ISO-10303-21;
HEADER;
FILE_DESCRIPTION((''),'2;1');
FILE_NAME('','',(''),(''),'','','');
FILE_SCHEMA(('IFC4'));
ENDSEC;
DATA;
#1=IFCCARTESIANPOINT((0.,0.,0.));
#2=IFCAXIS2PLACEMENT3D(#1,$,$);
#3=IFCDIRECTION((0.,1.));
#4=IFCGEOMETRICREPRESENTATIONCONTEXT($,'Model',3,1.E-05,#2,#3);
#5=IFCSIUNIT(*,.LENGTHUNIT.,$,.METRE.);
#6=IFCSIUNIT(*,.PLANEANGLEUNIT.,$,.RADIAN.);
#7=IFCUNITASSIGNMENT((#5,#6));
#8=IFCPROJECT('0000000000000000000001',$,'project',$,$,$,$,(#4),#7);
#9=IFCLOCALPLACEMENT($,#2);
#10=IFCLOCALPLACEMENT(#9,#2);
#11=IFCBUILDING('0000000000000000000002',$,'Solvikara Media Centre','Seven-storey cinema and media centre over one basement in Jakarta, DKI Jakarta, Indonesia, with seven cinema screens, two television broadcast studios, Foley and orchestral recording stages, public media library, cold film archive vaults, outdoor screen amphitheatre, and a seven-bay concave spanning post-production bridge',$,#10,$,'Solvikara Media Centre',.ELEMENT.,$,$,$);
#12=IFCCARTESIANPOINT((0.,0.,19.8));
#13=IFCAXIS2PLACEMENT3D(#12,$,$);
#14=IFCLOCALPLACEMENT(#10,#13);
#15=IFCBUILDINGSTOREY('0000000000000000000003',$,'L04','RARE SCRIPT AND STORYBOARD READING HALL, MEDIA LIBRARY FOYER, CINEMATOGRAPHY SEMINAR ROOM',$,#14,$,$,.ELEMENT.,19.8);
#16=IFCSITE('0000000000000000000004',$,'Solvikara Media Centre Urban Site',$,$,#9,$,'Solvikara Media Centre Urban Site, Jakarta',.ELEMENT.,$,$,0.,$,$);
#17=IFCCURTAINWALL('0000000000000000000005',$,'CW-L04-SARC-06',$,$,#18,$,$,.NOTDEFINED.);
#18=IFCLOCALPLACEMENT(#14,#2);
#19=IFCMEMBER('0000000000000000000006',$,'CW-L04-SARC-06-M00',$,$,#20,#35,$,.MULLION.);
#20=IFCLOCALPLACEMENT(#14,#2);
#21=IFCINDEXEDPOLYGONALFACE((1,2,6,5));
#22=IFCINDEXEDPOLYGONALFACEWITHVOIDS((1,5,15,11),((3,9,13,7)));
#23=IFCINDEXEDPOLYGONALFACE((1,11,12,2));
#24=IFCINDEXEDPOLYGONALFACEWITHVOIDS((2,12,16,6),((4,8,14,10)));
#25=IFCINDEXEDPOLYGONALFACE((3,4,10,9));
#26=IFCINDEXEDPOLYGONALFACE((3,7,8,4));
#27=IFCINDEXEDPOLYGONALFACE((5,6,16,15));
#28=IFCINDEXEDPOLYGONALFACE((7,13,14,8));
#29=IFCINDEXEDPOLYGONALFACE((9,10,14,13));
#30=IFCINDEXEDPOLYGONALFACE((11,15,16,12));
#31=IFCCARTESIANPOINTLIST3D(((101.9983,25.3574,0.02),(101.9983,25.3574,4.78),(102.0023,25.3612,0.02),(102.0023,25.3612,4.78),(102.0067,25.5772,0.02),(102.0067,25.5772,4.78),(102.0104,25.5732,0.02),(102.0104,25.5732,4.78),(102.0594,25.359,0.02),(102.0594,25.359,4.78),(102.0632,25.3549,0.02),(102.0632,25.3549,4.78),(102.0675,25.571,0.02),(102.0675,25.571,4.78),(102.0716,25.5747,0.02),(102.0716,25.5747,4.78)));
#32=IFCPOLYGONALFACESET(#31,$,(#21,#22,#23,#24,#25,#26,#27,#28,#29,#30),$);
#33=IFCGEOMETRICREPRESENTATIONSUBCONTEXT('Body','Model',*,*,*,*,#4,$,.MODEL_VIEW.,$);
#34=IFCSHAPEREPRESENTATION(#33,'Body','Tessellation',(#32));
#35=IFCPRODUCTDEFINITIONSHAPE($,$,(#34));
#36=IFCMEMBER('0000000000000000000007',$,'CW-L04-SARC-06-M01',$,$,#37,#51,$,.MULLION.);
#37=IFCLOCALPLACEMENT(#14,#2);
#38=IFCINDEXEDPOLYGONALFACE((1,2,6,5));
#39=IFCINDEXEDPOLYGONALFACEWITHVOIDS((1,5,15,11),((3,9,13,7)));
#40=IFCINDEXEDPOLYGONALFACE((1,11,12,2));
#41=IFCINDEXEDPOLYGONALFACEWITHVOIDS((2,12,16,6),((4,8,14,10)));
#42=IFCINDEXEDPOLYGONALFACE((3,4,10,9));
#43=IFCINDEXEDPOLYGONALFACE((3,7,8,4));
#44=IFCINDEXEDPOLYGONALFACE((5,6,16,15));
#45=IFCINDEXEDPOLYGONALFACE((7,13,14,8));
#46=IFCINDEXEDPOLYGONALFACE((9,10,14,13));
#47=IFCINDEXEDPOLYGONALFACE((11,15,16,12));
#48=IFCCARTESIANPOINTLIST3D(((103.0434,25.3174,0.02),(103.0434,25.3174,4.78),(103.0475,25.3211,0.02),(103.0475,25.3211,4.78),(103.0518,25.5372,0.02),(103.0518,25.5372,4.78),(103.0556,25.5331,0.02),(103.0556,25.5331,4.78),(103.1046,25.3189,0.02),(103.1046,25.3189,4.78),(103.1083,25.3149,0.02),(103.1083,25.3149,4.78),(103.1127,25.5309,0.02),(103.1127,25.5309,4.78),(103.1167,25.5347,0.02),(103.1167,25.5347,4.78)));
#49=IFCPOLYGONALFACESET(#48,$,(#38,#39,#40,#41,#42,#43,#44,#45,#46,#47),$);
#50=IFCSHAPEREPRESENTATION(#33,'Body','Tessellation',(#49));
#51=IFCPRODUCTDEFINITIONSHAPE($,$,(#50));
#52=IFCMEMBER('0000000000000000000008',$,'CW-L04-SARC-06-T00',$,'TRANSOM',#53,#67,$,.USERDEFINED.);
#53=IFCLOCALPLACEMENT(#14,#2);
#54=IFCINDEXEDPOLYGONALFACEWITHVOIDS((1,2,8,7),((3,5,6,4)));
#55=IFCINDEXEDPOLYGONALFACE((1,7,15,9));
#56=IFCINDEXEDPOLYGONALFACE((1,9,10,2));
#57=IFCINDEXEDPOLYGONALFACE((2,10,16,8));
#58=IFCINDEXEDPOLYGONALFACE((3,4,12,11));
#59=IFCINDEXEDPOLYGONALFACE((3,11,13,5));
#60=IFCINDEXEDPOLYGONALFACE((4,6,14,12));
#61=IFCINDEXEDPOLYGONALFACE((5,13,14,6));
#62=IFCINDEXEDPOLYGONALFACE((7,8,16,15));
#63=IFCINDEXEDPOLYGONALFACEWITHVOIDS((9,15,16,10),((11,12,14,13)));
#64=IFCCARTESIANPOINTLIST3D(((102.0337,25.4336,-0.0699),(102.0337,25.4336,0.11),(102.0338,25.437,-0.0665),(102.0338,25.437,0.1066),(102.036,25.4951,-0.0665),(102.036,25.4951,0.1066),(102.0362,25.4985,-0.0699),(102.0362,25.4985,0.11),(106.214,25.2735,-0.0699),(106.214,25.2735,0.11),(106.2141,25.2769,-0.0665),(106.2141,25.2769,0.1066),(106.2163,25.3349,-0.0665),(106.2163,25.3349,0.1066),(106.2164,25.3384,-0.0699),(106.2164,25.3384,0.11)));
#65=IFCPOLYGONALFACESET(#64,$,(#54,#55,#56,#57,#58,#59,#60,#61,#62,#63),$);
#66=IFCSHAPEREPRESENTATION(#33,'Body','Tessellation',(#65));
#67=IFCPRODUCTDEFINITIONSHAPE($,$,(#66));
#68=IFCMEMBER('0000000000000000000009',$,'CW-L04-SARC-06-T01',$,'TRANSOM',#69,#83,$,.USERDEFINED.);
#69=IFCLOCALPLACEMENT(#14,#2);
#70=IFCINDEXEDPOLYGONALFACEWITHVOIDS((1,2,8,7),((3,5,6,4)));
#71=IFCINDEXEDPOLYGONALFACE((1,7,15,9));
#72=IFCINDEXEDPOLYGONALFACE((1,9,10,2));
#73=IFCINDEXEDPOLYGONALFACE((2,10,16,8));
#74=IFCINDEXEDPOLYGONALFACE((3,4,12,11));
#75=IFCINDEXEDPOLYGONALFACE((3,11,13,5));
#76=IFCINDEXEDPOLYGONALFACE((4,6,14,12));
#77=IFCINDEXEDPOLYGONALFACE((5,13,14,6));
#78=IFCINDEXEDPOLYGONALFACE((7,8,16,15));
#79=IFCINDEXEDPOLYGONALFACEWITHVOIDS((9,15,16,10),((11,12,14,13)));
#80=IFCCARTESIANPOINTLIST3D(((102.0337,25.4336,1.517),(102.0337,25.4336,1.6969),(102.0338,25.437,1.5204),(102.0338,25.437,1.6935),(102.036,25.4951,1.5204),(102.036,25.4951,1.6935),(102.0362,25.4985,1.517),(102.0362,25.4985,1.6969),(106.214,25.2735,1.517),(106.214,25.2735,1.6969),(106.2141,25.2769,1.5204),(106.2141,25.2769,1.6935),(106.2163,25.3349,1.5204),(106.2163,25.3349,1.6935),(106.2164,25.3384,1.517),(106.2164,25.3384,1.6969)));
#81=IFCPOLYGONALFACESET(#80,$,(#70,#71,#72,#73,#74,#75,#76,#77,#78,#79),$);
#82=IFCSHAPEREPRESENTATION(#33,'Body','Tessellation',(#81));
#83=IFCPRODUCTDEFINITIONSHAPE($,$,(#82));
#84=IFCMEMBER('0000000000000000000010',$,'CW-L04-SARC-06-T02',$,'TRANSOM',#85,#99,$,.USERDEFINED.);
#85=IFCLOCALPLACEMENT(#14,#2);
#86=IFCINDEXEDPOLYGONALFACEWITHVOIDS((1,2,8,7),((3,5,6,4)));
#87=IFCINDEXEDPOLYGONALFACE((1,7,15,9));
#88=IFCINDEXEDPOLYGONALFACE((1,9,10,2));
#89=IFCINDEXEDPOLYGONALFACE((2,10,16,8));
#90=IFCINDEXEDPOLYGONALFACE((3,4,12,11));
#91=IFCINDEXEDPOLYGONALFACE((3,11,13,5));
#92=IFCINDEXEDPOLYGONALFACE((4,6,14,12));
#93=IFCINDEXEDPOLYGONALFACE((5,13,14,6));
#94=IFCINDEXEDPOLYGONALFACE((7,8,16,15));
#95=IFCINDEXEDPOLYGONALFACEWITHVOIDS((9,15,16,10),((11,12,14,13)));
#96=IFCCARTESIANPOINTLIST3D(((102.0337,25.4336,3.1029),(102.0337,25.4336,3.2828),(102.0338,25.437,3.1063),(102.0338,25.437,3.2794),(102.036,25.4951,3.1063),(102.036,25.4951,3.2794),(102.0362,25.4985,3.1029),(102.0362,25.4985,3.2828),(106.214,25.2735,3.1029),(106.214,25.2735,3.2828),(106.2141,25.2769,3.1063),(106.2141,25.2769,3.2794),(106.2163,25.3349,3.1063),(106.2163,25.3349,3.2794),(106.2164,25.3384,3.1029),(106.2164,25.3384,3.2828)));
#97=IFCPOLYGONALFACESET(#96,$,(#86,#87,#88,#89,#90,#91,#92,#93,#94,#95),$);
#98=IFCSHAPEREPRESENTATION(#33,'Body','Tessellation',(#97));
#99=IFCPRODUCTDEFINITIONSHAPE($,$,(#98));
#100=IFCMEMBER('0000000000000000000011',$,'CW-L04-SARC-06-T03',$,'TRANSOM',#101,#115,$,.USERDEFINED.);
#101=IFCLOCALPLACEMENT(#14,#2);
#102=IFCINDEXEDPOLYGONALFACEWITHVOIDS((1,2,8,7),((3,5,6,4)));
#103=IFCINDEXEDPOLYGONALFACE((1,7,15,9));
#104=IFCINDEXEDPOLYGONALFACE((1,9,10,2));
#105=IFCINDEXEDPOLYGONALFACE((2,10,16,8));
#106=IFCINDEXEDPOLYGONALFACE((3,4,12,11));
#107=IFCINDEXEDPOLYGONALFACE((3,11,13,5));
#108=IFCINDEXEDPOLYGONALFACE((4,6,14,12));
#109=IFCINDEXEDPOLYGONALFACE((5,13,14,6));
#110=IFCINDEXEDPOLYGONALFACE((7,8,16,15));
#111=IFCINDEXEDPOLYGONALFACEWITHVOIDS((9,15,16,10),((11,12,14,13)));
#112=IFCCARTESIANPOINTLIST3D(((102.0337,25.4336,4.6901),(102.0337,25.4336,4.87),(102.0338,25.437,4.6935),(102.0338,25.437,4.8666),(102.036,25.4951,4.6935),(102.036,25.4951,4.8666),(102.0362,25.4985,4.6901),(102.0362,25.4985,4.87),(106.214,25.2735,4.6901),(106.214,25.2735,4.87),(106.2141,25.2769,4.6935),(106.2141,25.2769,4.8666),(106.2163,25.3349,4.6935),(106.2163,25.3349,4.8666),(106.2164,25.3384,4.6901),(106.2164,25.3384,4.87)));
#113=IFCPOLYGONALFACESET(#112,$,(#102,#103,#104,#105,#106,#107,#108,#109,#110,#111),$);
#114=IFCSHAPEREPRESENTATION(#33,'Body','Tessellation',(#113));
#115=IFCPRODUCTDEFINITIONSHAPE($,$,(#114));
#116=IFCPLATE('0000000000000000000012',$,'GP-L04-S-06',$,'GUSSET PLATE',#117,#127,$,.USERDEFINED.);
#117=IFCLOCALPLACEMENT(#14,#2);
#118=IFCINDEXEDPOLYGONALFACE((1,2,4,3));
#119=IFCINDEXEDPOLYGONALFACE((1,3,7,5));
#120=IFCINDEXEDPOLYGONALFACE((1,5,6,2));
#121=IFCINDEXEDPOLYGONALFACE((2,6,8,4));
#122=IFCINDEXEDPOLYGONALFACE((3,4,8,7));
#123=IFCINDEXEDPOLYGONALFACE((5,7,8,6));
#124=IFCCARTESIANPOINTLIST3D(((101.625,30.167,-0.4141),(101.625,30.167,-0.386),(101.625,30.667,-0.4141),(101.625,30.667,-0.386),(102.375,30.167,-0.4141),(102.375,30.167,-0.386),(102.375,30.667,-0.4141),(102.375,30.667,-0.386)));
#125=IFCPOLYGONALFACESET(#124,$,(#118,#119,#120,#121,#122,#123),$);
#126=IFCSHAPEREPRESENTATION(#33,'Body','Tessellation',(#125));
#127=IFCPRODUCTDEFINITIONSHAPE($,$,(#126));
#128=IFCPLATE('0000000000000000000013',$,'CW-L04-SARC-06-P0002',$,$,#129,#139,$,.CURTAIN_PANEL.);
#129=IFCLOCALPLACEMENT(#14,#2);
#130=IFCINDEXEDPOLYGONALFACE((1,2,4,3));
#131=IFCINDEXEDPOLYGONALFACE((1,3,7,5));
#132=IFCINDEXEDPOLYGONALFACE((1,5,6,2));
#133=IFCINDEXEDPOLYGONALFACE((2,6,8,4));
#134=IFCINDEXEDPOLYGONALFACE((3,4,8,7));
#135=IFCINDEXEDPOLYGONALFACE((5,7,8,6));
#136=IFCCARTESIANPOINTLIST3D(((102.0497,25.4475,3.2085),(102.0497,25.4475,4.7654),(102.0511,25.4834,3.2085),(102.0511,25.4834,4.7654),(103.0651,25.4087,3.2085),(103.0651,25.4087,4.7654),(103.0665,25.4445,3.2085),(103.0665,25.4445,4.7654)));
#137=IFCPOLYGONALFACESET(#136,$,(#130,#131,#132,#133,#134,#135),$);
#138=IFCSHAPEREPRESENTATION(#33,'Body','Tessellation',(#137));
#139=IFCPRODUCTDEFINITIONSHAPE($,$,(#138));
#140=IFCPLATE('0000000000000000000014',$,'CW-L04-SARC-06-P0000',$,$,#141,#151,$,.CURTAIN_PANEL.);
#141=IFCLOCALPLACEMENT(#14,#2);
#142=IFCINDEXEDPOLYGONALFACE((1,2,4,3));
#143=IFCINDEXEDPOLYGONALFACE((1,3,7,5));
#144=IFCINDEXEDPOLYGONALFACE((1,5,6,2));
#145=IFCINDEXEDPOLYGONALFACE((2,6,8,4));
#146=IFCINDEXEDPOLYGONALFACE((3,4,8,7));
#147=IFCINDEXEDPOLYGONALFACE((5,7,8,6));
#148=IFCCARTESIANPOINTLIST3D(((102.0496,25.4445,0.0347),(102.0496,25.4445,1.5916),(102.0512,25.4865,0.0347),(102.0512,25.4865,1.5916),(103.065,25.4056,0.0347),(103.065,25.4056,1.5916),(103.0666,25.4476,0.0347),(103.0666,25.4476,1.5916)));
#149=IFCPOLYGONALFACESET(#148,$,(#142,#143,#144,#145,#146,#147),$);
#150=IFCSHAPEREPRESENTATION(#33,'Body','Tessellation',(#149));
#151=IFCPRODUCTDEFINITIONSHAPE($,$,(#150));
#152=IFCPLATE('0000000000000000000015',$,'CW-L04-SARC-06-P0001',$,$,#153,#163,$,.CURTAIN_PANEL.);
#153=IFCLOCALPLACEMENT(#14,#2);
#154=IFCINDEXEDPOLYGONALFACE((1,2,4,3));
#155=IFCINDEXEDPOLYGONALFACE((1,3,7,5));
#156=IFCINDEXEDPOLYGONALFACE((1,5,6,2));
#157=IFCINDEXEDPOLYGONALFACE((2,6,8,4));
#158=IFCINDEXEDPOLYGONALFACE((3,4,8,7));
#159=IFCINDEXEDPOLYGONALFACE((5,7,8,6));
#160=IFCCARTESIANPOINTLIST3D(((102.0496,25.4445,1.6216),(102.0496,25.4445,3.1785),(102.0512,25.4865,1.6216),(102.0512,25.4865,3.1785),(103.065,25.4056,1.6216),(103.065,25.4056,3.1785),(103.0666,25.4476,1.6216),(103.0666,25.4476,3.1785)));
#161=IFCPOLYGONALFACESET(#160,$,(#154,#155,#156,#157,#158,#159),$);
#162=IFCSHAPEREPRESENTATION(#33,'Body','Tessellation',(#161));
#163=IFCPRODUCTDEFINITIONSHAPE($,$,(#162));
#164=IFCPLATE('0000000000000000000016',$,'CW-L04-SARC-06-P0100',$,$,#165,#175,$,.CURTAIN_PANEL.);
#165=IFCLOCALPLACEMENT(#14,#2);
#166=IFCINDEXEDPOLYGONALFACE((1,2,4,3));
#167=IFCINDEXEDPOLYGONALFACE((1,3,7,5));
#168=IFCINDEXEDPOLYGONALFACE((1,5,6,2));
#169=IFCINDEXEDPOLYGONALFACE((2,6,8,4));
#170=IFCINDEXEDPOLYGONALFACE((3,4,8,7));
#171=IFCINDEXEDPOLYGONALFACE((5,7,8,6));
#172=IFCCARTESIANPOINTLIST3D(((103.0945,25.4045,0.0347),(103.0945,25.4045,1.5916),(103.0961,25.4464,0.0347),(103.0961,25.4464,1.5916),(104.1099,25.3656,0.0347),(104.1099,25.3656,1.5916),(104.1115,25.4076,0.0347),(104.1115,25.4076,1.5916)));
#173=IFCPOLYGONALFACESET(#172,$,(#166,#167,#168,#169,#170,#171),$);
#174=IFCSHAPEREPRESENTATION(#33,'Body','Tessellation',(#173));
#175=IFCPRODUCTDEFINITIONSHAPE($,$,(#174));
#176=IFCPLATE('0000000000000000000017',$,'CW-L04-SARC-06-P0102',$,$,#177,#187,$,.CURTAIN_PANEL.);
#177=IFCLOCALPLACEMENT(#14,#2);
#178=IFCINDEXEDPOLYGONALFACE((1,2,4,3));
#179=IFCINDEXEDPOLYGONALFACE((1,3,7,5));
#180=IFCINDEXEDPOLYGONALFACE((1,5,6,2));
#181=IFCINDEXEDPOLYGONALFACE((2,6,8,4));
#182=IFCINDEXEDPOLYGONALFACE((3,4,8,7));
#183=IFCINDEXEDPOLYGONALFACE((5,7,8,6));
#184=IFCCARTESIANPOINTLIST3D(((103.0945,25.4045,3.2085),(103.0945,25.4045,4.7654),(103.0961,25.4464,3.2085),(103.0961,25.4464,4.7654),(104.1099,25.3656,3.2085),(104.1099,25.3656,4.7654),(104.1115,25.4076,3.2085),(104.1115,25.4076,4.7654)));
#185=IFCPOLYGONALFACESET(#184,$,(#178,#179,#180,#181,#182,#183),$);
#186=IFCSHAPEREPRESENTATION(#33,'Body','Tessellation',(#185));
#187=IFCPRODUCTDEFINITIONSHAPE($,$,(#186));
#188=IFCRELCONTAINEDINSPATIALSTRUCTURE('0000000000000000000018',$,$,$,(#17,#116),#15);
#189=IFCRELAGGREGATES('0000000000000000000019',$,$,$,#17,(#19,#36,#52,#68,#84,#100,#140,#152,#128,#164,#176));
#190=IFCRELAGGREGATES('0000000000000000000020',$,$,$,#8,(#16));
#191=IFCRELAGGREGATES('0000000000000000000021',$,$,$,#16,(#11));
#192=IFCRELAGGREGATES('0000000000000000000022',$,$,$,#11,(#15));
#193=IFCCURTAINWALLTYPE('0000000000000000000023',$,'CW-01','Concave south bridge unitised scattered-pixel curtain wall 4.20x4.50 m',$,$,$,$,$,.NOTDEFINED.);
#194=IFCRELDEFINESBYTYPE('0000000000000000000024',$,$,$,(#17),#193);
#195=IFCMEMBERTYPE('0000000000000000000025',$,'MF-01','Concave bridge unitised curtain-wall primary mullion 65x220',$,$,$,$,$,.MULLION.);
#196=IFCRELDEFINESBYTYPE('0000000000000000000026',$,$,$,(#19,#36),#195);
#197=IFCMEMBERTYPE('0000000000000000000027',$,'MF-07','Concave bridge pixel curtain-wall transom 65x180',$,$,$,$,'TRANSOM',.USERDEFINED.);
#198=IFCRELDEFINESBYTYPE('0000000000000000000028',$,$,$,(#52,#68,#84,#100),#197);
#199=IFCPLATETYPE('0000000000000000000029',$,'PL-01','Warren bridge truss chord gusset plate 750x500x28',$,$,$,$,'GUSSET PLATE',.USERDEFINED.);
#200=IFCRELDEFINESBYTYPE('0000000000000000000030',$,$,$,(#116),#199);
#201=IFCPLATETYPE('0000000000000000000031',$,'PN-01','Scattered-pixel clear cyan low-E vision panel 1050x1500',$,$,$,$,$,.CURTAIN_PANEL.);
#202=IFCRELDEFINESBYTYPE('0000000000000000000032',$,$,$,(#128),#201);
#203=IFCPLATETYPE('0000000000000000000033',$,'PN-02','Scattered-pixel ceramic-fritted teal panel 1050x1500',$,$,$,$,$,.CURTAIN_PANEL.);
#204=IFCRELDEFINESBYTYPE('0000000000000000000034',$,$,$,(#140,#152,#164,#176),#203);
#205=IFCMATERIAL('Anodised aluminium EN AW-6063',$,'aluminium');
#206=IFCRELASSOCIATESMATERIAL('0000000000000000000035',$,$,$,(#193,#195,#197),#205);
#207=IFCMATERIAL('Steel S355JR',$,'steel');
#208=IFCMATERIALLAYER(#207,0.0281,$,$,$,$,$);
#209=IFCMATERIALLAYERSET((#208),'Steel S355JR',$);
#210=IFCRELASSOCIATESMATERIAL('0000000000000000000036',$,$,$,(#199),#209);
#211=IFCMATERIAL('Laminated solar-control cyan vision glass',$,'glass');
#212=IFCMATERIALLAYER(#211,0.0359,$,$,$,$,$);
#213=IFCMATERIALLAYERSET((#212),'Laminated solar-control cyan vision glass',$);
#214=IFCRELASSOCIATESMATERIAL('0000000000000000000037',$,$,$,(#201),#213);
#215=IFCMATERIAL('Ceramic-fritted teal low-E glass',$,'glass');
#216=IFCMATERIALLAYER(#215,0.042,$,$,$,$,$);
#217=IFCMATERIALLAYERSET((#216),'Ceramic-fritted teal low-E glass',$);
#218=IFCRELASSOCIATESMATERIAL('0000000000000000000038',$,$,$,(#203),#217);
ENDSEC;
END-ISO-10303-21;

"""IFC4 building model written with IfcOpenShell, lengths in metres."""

from ifc_helpers import new_model, si_unit, direction, frame, origin, origin_2d, place, context, subcontext, project, spatial, rectangle, hollow_rectangle, extrude, material, layer, layer_set, material_profile, profile_set, type_object, element, aggregate, save


model = new_model("IFC4")

# Units and contexts
model_context = context("Model", 3, precision=1e-05, world=origin(), true_north=direction((0.0, 1.0)))
body_context = subcontext(model_context, "Body", "Model", "MODEL_VIEW")
ifc_project = project(units=[si_unit("LENGTHUNIT", "METRE"), si_unit("PLANEANGLEUNIT", "RADIAN")], contexts=[model_context])

# Site, building, storey
site_placement = place(None, origin())
site = spatial("IfcSite", under=ifc_project, at=site_placement, Name="Solvikara Media Centre Urban Site", LongName="Solvikara Media Centre Urban Site, Jakarta", CompositionType="ELEMENT", RefElevation=0.0)
building_placement = place(site_placement, origin())
building = spatial("IfcBuilding", under=site, at=building_placement, Name="Solvikara Media Centre", Description="Seven-storey cinema and media centre over one basement in Jakarta, DKI Jakarta, Indonesia, with seven cinema screens, two television broadcast studios, Foley and orchestral recording stages, public media library, cold film archive vaults, outdoor screen amphitheatre, and a seven-bay concave spanning post-production bridge", LongName="Solvikara Media Centre", CompositionType="ELEMENT")
storey_placement = place(building_placement, frame((0.0, 0.0, 19.8)))
storey = spatial("IfcBuildingStorey", under=building, at=storey_placement, Name="L04", Description="RARE SCRIPT AND STORYBOARD READING HALL, MEDIA LIBRARY FOYER, CINEMATOGRAPHY SEMINAR ROOM", CompositionType="ELEMENT", Elevation=19.8)

# Shared definitions
ifc_material_1 = material(Name="Steel S355JR", Category="steel")

# Shared definitions
ifc_material_2 = material(Name="Anodised aluminium EN AW-6063", Category="aluminium")
curtain_wall_type = type_object("IfcCurtainWallType", Name="CW-01", Description="Concave south bridge unitised scattered-pixel curtain wall 4.20x4.50 m", PredefinedType="NOTDEFINED", material=ifc_material_2)
ifc_material_profile_1 = material_profile(ifc_material_2, hollow_rectangle(XDim=0.0649, YDim=0.22, WallThickness=0.0039, at=origin_2d()), Name="ALU-M 65x220x4")
ifc_profile_set_1 = profile_set([ifc_material_profile_1], Name="Anodised aluminium EN AW-6063")
member_type_1 = type_object("IfcMemberType", Name="MF-01", Description="Concave bridge unitised curtain-wall primary mullion 65x220", PredefinedType="MULLION", material=ifc_profile_set_1)

# Curtain wall, members
curtain_wall_1_placement = place(storey_placement, origin())
curtain_wall_1 = element("IfcCurtainWall", 1, at=curtain_wall_1_placement, inside=storey, type_object=curtain_wall_type, Name="CW-L04-SARC-06", PredefinedType="NOTDEFINED")
member_1_placement = place(storey_placement, frame((102.0349, 25.4661, 0.02), z_axis=(0.0, 0.0, 1.0), x_axis=(0.999268, -0.038248, 0.0)))
member_1 = element("IfcMember", 2, at=member_1_placement, type_object=member_type_1, Name="CW-L04-SARC-06-M00", PredefinedType="MULLION", context=body_context, shape_type="SweptSolid", body=[
    extrude(hollow_rectangle(XDim=0.0649, YDim=0.22, WallThickness=0.0039, at=origin_2d()), origin(), (0.0, 0.0, 1.0), 4.76),
])
member_2_placement = place(storey_placement, frame((103.0801, 25.426, 0.02), z_axis=(0.0, 0.0, 1.0), x_axis=(0.999268, -0.038248, 0.0)))
member_2 = element("IfcMember", 3, at=member_2_placement, type_object=member_type_1, Name="CW-L04-SARC-06-M01", PredefinedType="MULLION", context=body_context, shape_type="SweptSolid", body=[
    extrude(hollow_rectangle(XDim=0.0649, YDim=0.22, WallThickness=0.0039, at=origin_2d()), origin(), (0.0, 0.0, 1.0), 4.76),
])
ifc_material_profile_2 = material_profile(ifc_material_2, hollow_rectangle(XDim=0.0649, YDim=0.1799, WallThickness=0.0034, at=origin_2d()), Name="ALU-T 65x180x3.5")
ifc_profile_set_2 = profile_set([ifc_material_profile_2], Name="Anodised aluminium EN AW-6063")
member_type_2 = type_object("IfcMemberType", Name="MF-07", Description="Concave bridge pixel curtain-wall transom 65x180", ElementType="TRANSOM", PredefinedType="USERDEFINED", material=ifc_profile_set_2)
member_3_placement = place(storey_placement, frame((102.0349, 25.4661, 0.02), z_axis=(0.999267, -0.038285, 0.0), x_axis=(0.038285, 0.999267, 0.0)))
member_3 = element("IfcMember", 4, at=member_3_placement, type_object=member_type_2, Name="CW-L04-SARC-06-T00", ObjectType="TRANSOM", PredefinedType="USERDEFINED", context=body_context, shape_type="SweptSolid", body=[
    extrude(hollow_rectangle(XDim=0.0649, YDim=0.1799, WallThickness=0.0034, at=origin_2d()), origin(), (0.0, 0.0, 1.0), 4.1833),
])
member_4_placement = place(storey_placement, frame((102.0349, 25.4661, 1.6069), z_axis=(0.999267, -0.038285, 0.0), x_axis=(0.038285, 0.999267, 0.0)))
member_4 = element("IfcMember", 5, at=member_4_placement, type_object=member_type_2, Name="CW-L04-SARC-06-T01", ObjectType="TRANSOM", PredefinedType="USERDEFINED", context=body_context, shape_type="SweptSolid", body=[
    extrude(hollow_rectangle(XDim=0.0649, YDim=0.1799, WallThickness=0.0034, at=origin_2d()), origin(), (0.0, 0.0, 1.0), 4.1833),
])
member_5_placement = place(storey_placement, frame((102.0349, 25.4661, 3.1929), z_axis=(0.999267, -0.038285, 0.0), x_axis=(0.038285, 0.999267, 0.0)))
member_5 = element("IfcMember", 6, at=member_5_placement, type_object=member_type_2, Name="CW-L04-SARC-06-T02", ObjectType="TRANSOM", PredefinedType="USERDEFINED", context=body_context, shape_type="SweptSolid", body=[
    extrude(hollow_rectangle(XDim=0.0649, YDim=0.1799, WallThickness=0.0034, at=origin_2d()), origin(), (0.0, 0.0, 1.0), 4.1833),
])
member_6_placement = place(storey_placement, frame((102.0349, 25.4661, 4.78), z_axis=(0.999267, -0.038285, 0.0), x_axis=(0.038285, 0.999267, 0.0)))
member_6 = element("IfcMember", 7, at=member_6_placement, type_object=member_type_2, Name="CW-L04-SARC-06-T03", ObjectType="TRANSOM", PredefinedType="USERDEFINED", context=body_context, shape_type="SweptSolid", body=[
    extrude(hollow_rectangle(XDim=0.0649, YDim=0.1799, WallThickness=0.0034, at=origin_2d()), origin(), (0.0, 0.0, 1.0), 4.1833),
])

# Plates
ifc_layer_1 = layer(ifc_material_1, 0.0281)
ifc_layer_set_1 = layer_set([ifc_layer_1], Name="Steel S355JR")
plate_type_1 = type_object("IfcPlateType", Name="PL-01", Description="Warren bridge truss chord gusset plate 750x500x28", ElementType="GUSSET PLATE", PredefinedType="USERDEFINED", material=ifc_layer_set_1)
plate_1_placement = place(storey_placement, frame((102.0, 30.417, -0.4141), z_axis=(0.0, 0.0, 1.0), x_axis=(1.0, 0.0, 0.0)))
element("IfcPlate", 8, at=plate_1_placement, inside=storey, type_object=plate_type_1, Name="GP-L04-S-06", ObjectType="GUSSET PLATE", PredefinedType="USERDEFINED", context=body_context, shape_type="SweptSolid", body=[
    extrude(rectangle(XDim=0.75, YDim=0.5, at=origin_2d()), origin(), (0.0, 0.0, 1.0), 0.0281),
])
ifc_material_3 = material(Name="Laminated solar-control cyan vision glass", Category="glass")
ifc_layer_2 = layer(ifc_material_3, 0.0359)
ifc_layer_set_2 = layer_set([ifc_layer_2], Name="Laminated solar-control cyan vision glass")
plate_type_2 = type_object("IfcPlateType", Name="PN-01", Description="Scattered-pixel clear cyan low-E vision panel 1050x1500", PredefinedType="CURTAIN_PANEL", material=ifc_layer_set_2)
plate_2_placement = place(storey_placement, frame((102.5581, 25.446, 3.2085), z_axis=(0.0, 0.0, 1.0), x_axis=(0.999268, -0.038248, 0.0)))
plate_2 = element("IfcPlate", 9, at=plate_2_placement, type_object=plate_type_2, Name="CW-L04-SARC-06-P0002", PredefinedType="CURTAIN_PANEL", context=body_context, shape_type="SweptSolid", body=[
    extrude(rectangle(XDim=1.0161, YDim=0.0359, at=origin_2d()), origin(), (0.0, 0.0, 1.0), 1.5569),
])
ifc_material_4 = material(Name="Ceramic-fritted teal low-E glass", Category="glass")
ifc_layer_3 = layer(ifc_material_4, 0.042)
ifc_layer_set_3 = layer_set([ifc_layer_3], Name="Ceramic-fritted teal low-E glass")
plate_type_3 = type_object("IfcPlateType", Name="PN-02", Description="Scattered-pixel ceramic-fritted teal panel 1050x1500", PredefinedType="CURTAIN_PANEL", material=ifc_layer_set_3)
plate_3_placement = place(storey_placement, frame((102.5581, 25.446, 0.0347), z_axis=(0.0, 0.0, 1.0), x_axis=(0.999268, -0.038248, 0.0)))
plate_3 = element("IfcPlate", 10, at=plate_3_placement, type_object=plate_type_3, Name="CW-L04-SARC-06-P0000", PredefinedType="CURTAIN_PANEL", context=body_context, shape_type="SweptSolid", body=[
    extrude(rectangle(XDim=1.0161, YDim=0.042, at=origin_2d()), origin(), (0.0, 0.0, 1.0), 1.5569),
])
plate_4_placement = place(storey_placement, frame((102.5581, 25.446, 1.6216), z_axis=(0.0, 0.0, 1.0), x_axis=(0.999268, -0.038248, 0.0)))
plate_4 = element("IfcPlate", 11, at=plate_4_placement, type_object=plate_type_3, Name="CW-L04-SARC-06-P0001", PredefinedType="CURTAIN_PANEL", context=body_context, shape_type="SweptSolid", body=[
    extrude(rectangle(XDim=1.0161, YDim=0.042, at=origin_2d()), origin(), (0.0, 0.0, 1.0), 1.5569),
])
plate_5_placement = place(storey_placement, frame((103.603, 25.406, 0.0347), z_axis=(0.0, 0.0, 1.0), x_axis=(0.999268, -0.038248, 0.0)))
plate_5 = element("IfcPlate", 12, at=plate_5_placement, type_object=plate_type_3, Name="CW-L04-SARC-06-P0100", PredefinedType="CURTAIN_PANEL", context=body_context, shape_type="SweptSolid", body=[
    extrude(rectangle(XDim=1.0161, YDim=0.042, at=origin_2d()), origin(), (0.0, 0.0, 1.0), 1.5569),
])
plate_6_placement = place(storey_placement, frame((103.603, 25.406, 3.2085), z_axis=(0.0, 0.0, 1.0), x_axis=(0.999268, -0.038248, 0.0)))
plate_6 = element("IfcPlate", 13, at=plate_6_placement, type_object=plate_type_3, Name="CW-L04-SARC-06-P0102", PredefinedType="CURTAIN_PANEL", context=body_context, shape_type="SweptSolid", body=[
    extrude(rectangle(XDim=1.0161, YDim=0.042, at=origin_2d()), origin(), (0.0, 0.0, 1.0), 1.5569),
])
aggregate(curtain_wall_1, [member_1, member_2, member_3, member_4, member_5, member_6, plate_3, plate_4, plate_2, plate_5, plate_6])

save(model, "model.ifc")
